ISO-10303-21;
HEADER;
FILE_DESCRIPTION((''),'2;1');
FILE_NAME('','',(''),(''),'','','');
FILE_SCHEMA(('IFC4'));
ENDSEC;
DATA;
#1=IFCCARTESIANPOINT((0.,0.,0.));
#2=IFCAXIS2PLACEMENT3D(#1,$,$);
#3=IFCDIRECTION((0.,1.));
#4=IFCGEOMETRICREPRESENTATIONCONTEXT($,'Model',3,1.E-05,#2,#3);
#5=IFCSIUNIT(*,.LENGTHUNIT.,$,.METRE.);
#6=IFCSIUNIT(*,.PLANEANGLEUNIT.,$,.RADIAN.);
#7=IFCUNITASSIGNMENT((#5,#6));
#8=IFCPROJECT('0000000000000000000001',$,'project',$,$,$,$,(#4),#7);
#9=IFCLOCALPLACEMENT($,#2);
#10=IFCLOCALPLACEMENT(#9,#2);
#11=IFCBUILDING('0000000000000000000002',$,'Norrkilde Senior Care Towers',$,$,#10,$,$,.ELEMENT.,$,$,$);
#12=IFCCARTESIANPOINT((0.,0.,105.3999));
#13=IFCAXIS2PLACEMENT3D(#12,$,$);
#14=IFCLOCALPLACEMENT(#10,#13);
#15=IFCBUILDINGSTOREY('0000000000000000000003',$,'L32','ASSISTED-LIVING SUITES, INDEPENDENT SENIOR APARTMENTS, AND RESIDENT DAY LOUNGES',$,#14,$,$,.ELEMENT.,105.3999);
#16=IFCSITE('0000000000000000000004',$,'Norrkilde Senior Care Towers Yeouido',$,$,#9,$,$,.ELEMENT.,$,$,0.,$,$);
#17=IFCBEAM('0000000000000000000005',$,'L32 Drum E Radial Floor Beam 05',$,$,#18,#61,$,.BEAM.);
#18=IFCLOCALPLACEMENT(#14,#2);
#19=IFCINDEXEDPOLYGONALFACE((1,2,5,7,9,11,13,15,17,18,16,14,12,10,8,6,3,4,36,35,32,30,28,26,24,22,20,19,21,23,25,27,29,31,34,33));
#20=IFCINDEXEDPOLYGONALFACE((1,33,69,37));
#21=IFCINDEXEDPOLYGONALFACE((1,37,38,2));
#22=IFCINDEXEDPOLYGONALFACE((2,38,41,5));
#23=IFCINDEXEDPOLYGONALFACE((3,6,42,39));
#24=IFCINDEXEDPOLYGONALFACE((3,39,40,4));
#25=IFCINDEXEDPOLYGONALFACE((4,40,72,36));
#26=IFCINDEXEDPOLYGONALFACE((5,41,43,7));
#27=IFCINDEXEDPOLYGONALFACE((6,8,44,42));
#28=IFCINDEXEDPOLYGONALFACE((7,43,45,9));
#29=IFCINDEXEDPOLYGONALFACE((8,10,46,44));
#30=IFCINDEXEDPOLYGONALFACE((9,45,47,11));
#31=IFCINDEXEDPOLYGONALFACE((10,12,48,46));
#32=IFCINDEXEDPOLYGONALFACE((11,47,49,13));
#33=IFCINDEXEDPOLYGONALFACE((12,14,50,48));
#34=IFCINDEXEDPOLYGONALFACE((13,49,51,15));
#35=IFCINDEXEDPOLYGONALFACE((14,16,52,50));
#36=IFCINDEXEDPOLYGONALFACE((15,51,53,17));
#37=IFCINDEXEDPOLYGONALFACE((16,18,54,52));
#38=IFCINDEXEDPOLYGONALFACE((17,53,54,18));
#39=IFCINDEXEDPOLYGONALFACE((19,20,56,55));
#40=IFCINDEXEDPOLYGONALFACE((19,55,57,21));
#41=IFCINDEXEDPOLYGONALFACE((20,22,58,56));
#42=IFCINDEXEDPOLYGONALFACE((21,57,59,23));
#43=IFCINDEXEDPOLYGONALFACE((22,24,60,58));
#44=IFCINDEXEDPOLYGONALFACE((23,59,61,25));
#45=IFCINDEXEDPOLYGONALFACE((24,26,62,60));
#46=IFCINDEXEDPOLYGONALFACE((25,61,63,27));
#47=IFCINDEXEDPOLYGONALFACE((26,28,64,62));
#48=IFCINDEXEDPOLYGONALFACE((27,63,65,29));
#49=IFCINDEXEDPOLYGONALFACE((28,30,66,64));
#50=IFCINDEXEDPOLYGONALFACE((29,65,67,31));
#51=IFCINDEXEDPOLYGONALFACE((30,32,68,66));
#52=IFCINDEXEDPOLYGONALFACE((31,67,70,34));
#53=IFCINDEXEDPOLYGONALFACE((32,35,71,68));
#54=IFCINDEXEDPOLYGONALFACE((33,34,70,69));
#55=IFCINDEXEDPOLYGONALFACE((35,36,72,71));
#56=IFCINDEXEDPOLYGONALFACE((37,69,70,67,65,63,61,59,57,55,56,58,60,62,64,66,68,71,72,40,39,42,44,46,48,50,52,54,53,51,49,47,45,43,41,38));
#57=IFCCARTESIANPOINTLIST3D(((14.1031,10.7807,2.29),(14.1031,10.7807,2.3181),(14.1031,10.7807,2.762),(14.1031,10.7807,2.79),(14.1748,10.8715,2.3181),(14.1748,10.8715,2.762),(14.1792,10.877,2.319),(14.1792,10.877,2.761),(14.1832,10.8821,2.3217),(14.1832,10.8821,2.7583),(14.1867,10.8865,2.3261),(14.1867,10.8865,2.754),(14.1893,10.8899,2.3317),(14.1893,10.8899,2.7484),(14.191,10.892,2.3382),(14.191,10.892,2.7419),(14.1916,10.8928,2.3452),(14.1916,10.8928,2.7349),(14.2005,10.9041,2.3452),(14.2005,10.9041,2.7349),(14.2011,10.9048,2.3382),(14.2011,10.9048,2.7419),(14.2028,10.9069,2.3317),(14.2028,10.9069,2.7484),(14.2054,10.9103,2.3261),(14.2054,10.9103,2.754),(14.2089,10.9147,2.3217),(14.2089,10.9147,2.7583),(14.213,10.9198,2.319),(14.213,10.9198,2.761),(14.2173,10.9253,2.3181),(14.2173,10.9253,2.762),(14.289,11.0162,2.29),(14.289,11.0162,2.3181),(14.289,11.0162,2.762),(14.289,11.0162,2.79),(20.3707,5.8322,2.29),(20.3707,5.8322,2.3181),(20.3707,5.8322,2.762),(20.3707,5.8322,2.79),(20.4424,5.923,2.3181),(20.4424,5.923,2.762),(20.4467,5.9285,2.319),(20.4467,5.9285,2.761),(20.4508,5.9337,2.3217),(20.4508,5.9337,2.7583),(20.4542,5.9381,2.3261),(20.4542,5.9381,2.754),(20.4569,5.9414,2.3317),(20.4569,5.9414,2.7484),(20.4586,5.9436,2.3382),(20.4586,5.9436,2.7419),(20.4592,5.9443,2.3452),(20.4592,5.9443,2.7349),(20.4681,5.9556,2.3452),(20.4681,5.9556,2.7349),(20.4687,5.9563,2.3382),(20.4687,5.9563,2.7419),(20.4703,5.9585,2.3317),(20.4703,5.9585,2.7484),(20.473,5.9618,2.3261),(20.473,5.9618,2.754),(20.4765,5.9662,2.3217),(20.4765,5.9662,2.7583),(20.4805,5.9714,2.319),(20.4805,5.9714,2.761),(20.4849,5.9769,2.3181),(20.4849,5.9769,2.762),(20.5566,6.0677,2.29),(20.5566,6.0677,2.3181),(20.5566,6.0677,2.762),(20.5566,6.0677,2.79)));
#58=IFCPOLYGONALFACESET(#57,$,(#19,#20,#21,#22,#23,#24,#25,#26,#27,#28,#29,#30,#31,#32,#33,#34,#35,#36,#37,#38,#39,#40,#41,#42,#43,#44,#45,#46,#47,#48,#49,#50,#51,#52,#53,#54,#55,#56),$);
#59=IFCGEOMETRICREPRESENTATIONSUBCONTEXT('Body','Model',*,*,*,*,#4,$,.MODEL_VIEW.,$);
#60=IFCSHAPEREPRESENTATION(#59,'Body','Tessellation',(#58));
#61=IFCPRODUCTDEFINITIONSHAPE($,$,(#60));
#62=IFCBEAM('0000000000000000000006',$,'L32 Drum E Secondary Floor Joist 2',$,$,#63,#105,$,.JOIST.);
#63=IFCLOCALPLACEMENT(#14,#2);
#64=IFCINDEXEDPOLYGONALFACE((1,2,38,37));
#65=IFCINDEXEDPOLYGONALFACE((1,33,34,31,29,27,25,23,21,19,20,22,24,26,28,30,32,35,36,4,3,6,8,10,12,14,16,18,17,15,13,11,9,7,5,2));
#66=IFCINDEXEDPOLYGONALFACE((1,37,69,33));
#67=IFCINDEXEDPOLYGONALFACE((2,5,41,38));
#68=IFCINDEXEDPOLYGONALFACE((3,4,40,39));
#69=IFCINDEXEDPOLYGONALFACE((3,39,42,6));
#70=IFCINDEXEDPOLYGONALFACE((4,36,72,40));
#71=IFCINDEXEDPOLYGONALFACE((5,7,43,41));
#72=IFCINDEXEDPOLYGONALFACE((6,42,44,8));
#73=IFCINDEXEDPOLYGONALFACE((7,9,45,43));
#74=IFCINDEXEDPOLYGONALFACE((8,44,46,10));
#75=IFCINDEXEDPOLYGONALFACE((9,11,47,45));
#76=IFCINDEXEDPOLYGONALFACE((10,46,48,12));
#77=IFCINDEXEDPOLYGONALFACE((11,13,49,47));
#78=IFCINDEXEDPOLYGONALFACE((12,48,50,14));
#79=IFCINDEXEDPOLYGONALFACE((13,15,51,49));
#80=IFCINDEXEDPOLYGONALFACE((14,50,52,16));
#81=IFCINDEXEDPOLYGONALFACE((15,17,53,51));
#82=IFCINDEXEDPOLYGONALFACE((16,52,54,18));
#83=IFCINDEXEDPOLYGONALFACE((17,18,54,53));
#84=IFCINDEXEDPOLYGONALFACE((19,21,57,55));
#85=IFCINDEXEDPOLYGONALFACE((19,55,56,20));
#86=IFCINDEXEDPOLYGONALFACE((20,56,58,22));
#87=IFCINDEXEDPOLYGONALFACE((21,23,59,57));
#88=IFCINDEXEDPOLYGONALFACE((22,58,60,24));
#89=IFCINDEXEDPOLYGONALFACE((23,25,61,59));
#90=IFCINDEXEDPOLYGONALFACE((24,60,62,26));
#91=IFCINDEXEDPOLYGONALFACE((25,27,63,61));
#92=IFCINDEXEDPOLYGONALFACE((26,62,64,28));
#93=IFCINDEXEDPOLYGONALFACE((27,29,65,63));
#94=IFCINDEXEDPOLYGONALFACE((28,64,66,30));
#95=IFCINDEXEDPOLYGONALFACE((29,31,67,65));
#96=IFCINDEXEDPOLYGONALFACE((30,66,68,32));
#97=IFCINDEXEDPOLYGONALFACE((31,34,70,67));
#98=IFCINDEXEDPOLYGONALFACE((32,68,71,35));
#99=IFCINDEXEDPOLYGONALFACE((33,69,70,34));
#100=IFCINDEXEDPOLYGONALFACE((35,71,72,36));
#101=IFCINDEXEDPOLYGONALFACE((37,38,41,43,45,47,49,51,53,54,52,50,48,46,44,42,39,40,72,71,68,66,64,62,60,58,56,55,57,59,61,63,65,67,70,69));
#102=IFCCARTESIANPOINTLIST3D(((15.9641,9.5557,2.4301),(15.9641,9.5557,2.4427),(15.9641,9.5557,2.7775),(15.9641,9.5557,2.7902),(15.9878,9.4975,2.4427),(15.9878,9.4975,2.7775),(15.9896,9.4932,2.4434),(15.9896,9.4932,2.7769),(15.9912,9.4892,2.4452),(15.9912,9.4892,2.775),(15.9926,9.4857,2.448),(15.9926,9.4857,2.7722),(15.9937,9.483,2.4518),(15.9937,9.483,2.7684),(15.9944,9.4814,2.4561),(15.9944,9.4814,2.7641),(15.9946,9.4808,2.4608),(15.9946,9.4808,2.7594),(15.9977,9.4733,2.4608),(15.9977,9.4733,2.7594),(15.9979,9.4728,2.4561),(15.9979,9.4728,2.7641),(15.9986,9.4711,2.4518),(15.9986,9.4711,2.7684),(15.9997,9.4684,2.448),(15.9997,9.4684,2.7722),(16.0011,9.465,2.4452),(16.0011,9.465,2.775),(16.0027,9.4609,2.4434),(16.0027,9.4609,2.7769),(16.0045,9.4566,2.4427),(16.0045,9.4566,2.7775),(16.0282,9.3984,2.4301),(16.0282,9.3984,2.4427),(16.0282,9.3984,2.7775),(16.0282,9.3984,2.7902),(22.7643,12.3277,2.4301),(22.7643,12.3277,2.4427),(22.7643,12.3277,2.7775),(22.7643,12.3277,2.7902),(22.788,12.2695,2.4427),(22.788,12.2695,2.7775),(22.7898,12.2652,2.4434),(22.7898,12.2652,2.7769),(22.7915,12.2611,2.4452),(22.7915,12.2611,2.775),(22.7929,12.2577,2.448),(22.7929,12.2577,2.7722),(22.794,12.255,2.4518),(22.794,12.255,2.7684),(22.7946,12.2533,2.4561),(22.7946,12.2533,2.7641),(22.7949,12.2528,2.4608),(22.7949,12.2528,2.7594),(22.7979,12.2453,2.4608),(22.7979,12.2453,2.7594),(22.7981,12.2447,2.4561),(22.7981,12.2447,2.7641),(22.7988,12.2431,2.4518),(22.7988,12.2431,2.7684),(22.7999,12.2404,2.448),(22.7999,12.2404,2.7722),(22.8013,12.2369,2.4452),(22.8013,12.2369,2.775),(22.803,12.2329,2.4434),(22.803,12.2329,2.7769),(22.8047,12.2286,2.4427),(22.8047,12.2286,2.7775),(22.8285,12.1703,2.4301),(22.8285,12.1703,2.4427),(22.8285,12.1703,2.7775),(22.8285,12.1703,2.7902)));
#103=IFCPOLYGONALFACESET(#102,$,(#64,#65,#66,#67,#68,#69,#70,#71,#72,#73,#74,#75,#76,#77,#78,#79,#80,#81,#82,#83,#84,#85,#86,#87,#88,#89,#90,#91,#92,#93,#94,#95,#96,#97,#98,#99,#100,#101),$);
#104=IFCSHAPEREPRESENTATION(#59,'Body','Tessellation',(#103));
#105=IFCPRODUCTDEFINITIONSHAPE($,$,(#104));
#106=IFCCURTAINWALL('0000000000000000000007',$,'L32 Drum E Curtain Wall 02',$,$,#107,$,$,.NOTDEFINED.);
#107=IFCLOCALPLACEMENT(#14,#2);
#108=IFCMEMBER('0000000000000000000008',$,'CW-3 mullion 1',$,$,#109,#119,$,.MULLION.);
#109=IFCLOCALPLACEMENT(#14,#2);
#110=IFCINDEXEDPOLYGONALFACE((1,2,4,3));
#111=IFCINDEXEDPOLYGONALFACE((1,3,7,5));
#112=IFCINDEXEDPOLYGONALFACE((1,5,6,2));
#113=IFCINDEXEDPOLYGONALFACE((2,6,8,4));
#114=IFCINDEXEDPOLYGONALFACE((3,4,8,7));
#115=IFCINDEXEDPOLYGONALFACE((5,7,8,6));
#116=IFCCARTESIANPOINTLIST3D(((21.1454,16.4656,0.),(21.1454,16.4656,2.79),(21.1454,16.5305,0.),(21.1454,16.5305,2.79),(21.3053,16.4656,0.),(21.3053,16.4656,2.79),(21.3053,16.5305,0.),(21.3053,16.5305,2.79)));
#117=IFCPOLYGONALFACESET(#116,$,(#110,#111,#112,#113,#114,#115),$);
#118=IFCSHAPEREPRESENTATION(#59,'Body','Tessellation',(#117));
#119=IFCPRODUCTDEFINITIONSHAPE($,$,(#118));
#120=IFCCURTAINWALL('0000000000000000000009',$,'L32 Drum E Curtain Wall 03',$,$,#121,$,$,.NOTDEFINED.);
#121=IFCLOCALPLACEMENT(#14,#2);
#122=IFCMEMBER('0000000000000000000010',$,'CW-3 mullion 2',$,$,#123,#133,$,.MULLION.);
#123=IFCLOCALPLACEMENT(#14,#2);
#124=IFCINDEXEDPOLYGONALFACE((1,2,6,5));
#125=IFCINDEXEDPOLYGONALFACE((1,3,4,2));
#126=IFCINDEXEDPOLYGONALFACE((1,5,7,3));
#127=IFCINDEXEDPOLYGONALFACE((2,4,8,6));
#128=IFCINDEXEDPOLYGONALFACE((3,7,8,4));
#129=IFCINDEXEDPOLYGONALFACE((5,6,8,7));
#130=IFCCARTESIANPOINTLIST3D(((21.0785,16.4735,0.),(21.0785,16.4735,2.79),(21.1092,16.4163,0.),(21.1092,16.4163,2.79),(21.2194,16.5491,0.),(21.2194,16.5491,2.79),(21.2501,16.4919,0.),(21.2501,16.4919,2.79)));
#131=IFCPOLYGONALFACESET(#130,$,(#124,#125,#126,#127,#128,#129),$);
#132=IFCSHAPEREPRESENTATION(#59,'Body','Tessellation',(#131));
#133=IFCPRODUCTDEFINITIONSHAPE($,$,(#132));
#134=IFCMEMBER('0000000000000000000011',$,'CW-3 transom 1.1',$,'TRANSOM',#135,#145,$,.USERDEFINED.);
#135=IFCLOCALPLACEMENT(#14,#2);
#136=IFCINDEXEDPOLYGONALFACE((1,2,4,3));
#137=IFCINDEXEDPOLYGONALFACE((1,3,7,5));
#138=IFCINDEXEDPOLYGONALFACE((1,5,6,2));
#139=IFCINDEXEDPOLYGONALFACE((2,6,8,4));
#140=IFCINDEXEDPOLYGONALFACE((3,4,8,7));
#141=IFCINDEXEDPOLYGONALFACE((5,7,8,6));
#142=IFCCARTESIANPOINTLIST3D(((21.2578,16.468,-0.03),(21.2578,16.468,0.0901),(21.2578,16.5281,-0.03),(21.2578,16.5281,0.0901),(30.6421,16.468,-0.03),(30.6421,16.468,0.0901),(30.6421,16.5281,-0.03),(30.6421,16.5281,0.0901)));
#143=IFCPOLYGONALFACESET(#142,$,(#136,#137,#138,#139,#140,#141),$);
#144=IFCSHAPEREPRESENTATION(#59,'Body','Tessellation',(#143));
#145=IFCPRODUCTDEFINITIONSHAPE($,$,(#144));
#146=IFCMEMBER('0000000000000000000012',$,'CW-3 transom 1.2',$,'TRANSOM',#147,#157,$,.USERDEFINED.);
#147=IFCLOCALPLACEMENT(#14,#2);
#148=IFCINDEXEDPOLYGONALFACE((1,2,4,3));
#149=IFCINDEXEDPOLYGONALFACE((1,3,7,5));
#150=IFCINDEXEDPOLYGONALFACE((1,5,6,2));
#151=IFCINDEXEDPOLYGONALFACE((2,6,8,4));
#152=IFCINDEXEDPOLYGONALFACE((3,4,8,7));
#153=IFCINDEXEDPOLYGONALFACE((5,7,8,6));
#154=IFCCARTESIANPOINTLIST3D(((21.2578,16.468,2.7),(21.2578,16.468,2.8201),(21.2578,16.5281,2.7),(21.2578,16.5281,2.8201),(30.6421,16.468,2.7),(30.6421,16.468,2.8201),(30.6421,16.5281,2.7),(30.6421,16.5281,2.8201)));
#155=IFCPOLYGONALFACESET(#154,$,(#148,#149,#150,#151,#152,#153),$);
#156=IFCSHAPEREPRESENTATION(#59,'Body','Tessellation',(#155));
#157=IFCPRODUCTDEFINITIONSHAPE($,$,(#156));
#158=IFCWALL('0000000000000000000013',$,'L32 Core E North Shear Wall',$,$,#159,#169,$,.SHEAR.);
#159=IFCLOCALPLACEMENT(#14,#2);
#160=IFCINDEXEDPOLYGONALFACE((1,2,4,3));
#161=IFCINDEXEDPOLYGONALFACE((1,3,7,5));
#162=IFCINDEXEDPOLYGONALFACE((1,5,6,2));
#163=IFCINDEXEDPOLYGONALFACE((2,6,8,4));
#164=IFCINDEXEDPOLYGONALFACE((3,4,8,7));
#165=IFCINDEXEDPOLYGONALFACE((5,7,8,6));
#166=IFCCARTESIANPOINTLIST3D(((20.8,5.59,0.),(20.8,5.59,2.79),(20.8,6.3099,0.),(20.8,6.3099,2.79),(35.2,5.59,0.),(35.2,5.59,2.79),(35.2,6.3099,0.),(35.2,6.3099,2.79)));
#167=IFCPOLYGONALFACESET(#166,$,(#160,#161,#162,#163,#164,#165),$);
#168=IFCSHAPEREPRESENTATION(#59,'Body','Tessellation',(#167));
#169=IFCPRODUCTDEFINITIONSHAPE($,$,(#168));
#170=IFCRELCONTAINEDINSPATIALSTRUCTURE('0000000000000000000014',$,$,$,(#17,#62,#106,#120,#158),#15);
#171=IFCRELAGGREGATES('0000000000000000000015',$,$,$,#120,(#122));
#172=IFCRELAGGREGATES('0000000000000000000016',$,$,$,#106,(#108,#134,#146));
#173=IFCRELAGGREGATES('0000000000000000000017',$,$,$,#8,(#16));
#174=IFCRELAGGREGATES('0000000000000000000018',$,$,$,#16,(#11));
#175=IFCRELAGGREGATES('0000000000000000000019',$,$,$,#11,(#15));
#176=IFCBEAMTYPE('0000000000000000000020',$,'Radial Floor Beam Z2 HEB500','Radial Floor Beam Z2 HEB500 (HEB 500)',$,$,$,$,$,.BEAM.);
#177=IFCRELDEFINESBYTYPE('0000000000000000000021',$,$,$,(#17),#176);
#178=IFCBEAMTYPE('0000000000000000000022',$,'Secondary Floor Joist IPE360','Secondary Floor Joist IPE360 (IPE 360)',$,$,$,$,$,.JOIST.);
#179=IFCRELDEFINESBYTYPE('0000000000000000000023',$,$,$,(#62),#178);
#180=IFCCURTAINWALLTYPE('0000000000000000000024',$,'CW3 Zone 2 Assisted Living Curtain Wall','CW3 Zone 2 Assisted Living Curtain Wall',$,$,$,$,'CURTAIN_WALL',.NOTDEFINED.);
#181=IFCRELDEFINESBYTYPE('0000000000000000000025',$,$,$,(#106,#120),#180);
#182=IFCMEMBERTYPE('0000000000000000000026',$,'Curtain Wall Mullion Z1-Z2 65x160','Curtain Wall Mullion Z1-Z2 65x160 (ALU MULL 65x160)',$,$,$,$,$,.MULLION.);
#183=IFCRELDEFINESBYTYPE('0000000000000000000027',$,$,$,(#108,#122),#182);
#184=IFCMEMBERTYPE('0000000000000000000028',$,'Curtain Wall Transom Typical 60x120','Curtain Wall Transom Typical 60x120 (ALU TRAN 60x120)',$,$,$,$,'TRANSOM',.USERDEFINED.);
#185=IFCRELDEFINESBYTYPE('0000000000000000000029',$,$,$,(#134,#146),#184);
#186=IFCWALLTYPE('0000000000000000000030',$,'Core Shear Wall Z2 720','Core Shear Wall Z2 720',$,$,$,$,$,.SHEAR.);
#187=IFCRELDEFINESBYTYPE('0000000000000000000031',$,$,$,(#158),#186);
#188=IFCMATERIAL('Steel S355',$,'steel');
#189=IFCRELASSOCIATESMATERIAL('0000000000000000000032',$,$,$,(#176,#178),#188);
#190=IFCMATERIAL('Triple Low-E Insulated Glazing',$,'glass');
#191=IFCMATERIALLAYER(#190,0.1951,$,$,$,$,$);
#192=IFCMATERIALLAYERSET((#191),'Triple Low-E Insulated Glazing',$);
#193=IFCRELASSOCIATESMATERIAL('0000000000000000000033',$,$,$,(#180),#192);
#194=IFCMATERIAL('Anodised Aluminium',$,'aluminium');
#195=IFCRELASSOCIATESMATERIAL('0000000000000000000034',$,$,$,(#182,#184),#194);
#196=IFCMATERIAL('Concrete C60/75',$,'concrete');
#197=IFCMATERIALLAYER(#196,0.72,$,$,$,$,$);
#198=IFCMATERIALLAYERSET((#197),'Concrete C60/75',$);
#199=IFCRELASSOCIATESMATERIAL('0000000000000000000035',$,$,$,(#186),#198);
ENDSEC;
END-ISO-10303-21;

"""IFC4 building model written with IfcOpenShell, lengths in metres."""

from ifc_helpers import new_model, si_unit, direction, frame, frame_2d, origin, origin_2d, place, context, subcontext, project, spatial, rectangle, i_section, extrude, source, transform, mapped, material, layer, layer_set, material_profile, profile_set, type_object, type_shapes, element, aggregate, save


model = new_model("IFC4")

# Units and contexts
model_context = context("Model", 3, precision=1e-05, world=origin(), true_north=direction((0.0, 1.0)))
body_context = subcontext(model_context, "Body", "Model", "MODEL_VIEW")
ifc_project = project(units=[si_unit("LENGTHUNIT", "METRE"), si_unit("PLANEANGLEUNIT", "RADIAN")], contexts=[model_context])

# Site, building, storey
site_placement = place(None, origin())
site = spatial("IfcSite", under=ifc_project, at=site_placement, Name="Norrkilde Senior Care Towers Yeouido", CompositionType="ELEMENT", RefElevation=0.0)
building_placement = place(site_placement, origin())
building = spatial("IfcBuilding", under=site, at=building_placement, Name="Norrkilde Senior Care Towers", CompositionType="ELEMENT")
storey_placement = place(building_placement, frame((0.0, 0.0, 105.3999)))
storey = spatial("IfcBuildingStorey", under=building, at=storey_placement, Name="L32", Description="ASSISTED-LIVING SUITES, INDEPENDENT SENIOR APARTMENTS, AND RESIDENT DAY LOUNGES", CompositionType="ELEMENT", Elevation=105.3999)

# Shared definitions
ifc_material_1 = material(Name="Concrete C60/75", Category="concrete")

# Beams
ifc_material_2 = material(Name="Steel S355", Category="steel")
ifc_material_profile_1 = material_profile(ifc_material_2, i_section(OverallWidth=0.3, OverallDepth=0.5, WebThickness=0.0144, FlangeThickness=0.0281, FilletRadius=0.0271, at=origin_2d()), Name="HEB 500")
ifc_profile_set_1 = profile_set([ifc_material_profile_1], Name="Steel S355")
beam_type_1 = type_object("IfcBeamType", Name="Radial Floor Beam Z2 HEB500", Description="Radial Floor Beam Z2 HEB500 (HEB 500)", PredefinedType="BEAM", material=ifc_profile_set_1)
shared_shape_1 = source(origin(), body_context, "Body", "SweptSolid", [
    extrude(i_section(OverallWidth=0.3, OverallDepth=0.5, WebThickness=0.0144, FlangeThickness=0.0281, FilletRadius=0.0271, at=origin_2d()), origin(), (0.0, 0.0, 1.0), 7.9856),
])
beam_1_placement = place(storey_placement, frame((20.4636, 5.95, 2.54), z_axis=(-0.784859, 0.619675, 0.0), x_axis=(-0.619675, -0.784859, 0.0)))
element("IfcBeam", 1, at=beam_1_placement, inside=storey, type_object=beam_type_1, Name="L32 Drum E Radial Floor Beam 05", PredefinedType="BEAM", context=body_context, shape_type="MappedRepresentation", body=[
    mapped(shared_shape_1, transform((0.0, 0.0, 0.0), x_axis=(1.0, 0.0, 0.0), y_axis=(0.0, 1.0, 0.0), z_axis=(0.0, 0.0, 1.0), scale=1.0)),
])
ifc_material_profile_2 = material_profile(ifc_material_2, i_section(OverallWidth=0.1699, OverallDepth=0.3601, WebThickness=0.0081, FlangeThickness=0.0127, FilletRadius=0.0181, at=origin_2d()), Name="IPE 360")
ifc_profile_set_2 = profile_set([ifc_material_profile_2], Name="Steel S355")
beam_type_2 = type_object("IfcBeamType", Name="Secondary Floor Joist IPE360", Description="Secondary Floor Joist IPE360 (IPE 360)", PredefinedType="JOIST", material=ifc_profile_set_2)
shared_shape_2 = source(origin(), body_context, "Body", "SweptSolid", [
    extrude(i_section(OverallWidth=0.1699, OverallDepth=0.3601, WebThickness=0.0081, FlangeThickness=0.0127, FilletRadius=0.0181, at=origin_2d()), origin(), (0.0, 0.0, 1.0), 7.3435),
])
type_shapes(beam_type_2, [shared_shape_2])
beam_2_placement = place(storey_placement, frame((22.7964, 12.249, 2.6101), z_axis=(-0.926022, -0.37747, 0.0), x_axis=(0.37747, -0.926022, 0.0)))
element("IfcBeam", 2, at=beam_2_placement, inside=storey, type_object=beam_type_2, Name="L32 Drum E Secondary Floor Joist 2", PredefinedType="JOIST", context=body_context, shape_type="MappedRepresentation", body=[
    mapped(shared_shape_2, transform((0.0, 0.0, 0.0), x_axis=(1.0, 0.0, 0.0), y_axis=(0.0, 1.0, 0.0), z_axis=(0.0, 0.0, 1.0), scale=1.0)),
])

# Curtain walls, members
ifc_material_3 = material(Name="Triple Low-E Insulated Glazing", Category="glass")
ifc_layer_1 = layer(ifc_material_3, 0.1951)
ifc_layer_set_1 = layer_set([ifc_layer_1], Name="Triple Low-E Insulated Glazing")
curtain_wall_type = type_object("IfcCurtainWallType", Name="CW3 Zone 2 Assisted Living Curtain Wall", Description="CW3 Zone 2 Assisted Living Curtain Wall", ElementType="CURTAIN_WALL", PredefinedType="NOTDEFINED", material=ifc_layer_set_1)
curtain_wall_1_placement = place(storey_placement, origin())
curtain_wall_1 = element("IfcCurtainWall", 3, at=curtain_wall_1_placement, inside=storey, type_object=curtain_wall_type, Name="L32 Drum E Curtain Wall 02", PredefinedType="NOTDEFINED")
ifc_material_4 = material(Name="Anodised Aluminium", Category="aluminium")
ifc_material_profile_3 = material_profile(ifc_material_4, rectangle(XDim=0.0649, YDim=0.1599, at=origin_2d()), Name="ALU MULL 65x160")
ifc_profile_set_3 = profile_set([ifc_material_profile_3], Name="Anodised Aluminium")
member_type_1 = type_object("IfcMemberType", Name="Curtain Wall Mullion Z1-Z2 65x160", Description="Curtain Wall Mullion Z1-Z2 65x160 (ALU MULL 65x160)", PredefinedType="MULLION", material=ifc_profile_set_3)
shared_shape_3 = source(origin(), body_context, "Body", "SweptSolid", [
    extrude(rectangle(XDim=0.0649, YDim=0.1599, at=origin_2d()), origin(), (0.0, 0.0, 1.0), 2.79),
])
type_shapes(member_type_1, [shared_shape_3])
member_1_placement = place(storey_placement, frame((21.2253, 16.498, 0.0), z_axis=(0.0, 0.0, 1.0), x_axis=(0.0, 1.0, 0.0)))
member_1 = element("IfcMember", 4, at=member_1_placement, type_object=member_type_1, Name="CW-3 mullion 1", PredefinedType="MULLION", context=body_context, shape_type="MappedRepresentation", body=[
    mapped(shared_shape_3, transform((0.0, 0.0, 0.0), x_axis=(1.0, 0.0, 0.0), y_axis=(0.0, 1.0, 0.0), z_axis=(0.0, 0.0, 1.0), scale=1.0)),
])
curtain_wall_2_placement = place(storey_placement, origin())
curtain_wall_2 = element("IfcCurtainWall", 5, at=curtain_wall_2_placement, inside=storey, type_object=curtain_wall_type, Name="L32 Drum E Curtain Wall 03", PredefinedType="NOTDEFINED")
member_2_placement = place(storey_placement, frame((21.1643, 16.4827, 0.0), z_axis=(0.0, 0.0, 1.0), x_axis=(-0.472769, 0.881186, 0.0)))
member_2 = element("IfcMember", 6, at=member_2_placement, type_object=member_type_1, Name="CW-3 mullion 2", PredefinedType="MULLION", context=body_context, shape_type="MappedRepresentation", body=[
    mapped(shared_shape_3, transform((0.0, 0.0, 0.0), x_axis=(1.0, 0.0, 0.0), y_axis=(0.0, 1.0, 0.0), z_axis=(0.0, 0.0, 1.0), scale=1.0)),
])
aggregate(curtain_wall_2, [member_2])

# Members
ifc_material_profile_4 = material_profile(ifc_material_4, rectangle(XDim=0.0601, YDim=0.1201, at=origin_2d()), Name="ALU TRAN 60x120")
ifc_profile_set_4 = profile_set([ifc_material_profile_4], Name="Anodised Aluminium")
member_type_2 = type_object("IfcMemberType", Name="Curtain Wall Transom Typical 60x120", Description="Curtain Wall Transom Typical 60x120 (ALU TRAN 60x120)", ElementType="TRANSOM", PredefinedType="USERDEFINED", material=ifc_profile_set_4)
shared_shape_4 = source(origin(), body_context, "Body", "SweptSolid", [
    extrude(rectangle(XDim=0.0601, YDim=0.1201, at=origin_2d()), origin(), (0.0, 0.0, 1.0), 9.3843),
])
type_shapes(member_type_2, [shared_shape_4])
member_3_placement = place(storey_placement, frame((21.2578, 16.498, 0.03), z_axis=(1.0, 0.0, 0.0), x_axis=(0.0, 1.0, 0.0)))
member_3 = element("IfcMember", 7, at=member_3_placement, type_object=member_type_2, Name="CW-3 transom 1.1", ObjectType="TRANSOM", PredefinedType="USERDEFINED", context=body_context, shape_type="MappedRepresentation", body=[
    mapped(shared_shape_4, transform((0.0, 0.0, 0.0), x_axis=(1.0, 0.0, 0.0), y_axis=(0.0, 1.0, 0.0), z_axis=(0.0, 0.0, 1.0), scale=1.0)),
])
member_4_placement = place(storey_placement, frame((21.2578, 16.498, 2.76), z_axis=(1.0, 0.0, 0.0), x_axis=(0.0, 1.0, 0.0)))
member_4 = element("IfcMember", 8, at=member_4_placement, type_object=member_type_2, Name="CW-3 transom 1.2", ObjectType="TRANSOM", PredefinedType="USERDEFINED", context=body_context, shape_type="MappedRepresentation", body=[
    mapped(shared_shape_4, transform((0.0, 0.0, 0.0), x_axis=(1.0, 0.0, 0.0), y_axis=(0.0, 1.0, 0.0), z_axis=(0.0, 0.0, 1.0), scale=1.0)),
])
aggregate(curtain_wall_1, [member_1, member_3, member_4])

# Wall
ifc_layer_2 = layer(ifc_material_1, 0.72)
ifc_layer_set_2 = layer_set([ifc_layer_2], Name="Concrete C60/75")
wall_type_1 = type_object("IfcWallType", Name="Core Shear Wall Z2 720", Description="Core Shear Wall Z2 720", PredefinedType="SHEAR", material=ifc_layer_set_2)
shared_shape_5 = source(origin(), body_context, "Body", "SweptSolid", [
    extrude(rectangle(XDim=14.3999, YDim=0.72, at=frame_2d((7.2, 0.0))), origin(), (0.0, 0.0, 1.0), 2.79),
])
type_shapes(wall_type_1, [shared_shape_5])
wall_1_placement = place(storey_placement, frame((20.8, 5.95, 0.0), z_axis=(0.0, 0.0, 1.0), x_axis=(1.0, 0.0, 0.0)))
element("IfcWall", 9, at=wall_1_placement, inside=storey, type_object=wall_type_1, Name="L32 Core E North Shear Wall", PredefinedType="SHEAR", context=body_context, shape_type="MappedRepresentation", body=[
    mapped(shared_shape_5, transform((0.0, 0.0, 0.0), x_axis=(1.0, 0.0, 0.0), y_axis=(0.0, 1.0, 0.0), z_axis=(0.0, 0.0, 1.0), scale=1.0)),
])

save(model, "model.ifc")
